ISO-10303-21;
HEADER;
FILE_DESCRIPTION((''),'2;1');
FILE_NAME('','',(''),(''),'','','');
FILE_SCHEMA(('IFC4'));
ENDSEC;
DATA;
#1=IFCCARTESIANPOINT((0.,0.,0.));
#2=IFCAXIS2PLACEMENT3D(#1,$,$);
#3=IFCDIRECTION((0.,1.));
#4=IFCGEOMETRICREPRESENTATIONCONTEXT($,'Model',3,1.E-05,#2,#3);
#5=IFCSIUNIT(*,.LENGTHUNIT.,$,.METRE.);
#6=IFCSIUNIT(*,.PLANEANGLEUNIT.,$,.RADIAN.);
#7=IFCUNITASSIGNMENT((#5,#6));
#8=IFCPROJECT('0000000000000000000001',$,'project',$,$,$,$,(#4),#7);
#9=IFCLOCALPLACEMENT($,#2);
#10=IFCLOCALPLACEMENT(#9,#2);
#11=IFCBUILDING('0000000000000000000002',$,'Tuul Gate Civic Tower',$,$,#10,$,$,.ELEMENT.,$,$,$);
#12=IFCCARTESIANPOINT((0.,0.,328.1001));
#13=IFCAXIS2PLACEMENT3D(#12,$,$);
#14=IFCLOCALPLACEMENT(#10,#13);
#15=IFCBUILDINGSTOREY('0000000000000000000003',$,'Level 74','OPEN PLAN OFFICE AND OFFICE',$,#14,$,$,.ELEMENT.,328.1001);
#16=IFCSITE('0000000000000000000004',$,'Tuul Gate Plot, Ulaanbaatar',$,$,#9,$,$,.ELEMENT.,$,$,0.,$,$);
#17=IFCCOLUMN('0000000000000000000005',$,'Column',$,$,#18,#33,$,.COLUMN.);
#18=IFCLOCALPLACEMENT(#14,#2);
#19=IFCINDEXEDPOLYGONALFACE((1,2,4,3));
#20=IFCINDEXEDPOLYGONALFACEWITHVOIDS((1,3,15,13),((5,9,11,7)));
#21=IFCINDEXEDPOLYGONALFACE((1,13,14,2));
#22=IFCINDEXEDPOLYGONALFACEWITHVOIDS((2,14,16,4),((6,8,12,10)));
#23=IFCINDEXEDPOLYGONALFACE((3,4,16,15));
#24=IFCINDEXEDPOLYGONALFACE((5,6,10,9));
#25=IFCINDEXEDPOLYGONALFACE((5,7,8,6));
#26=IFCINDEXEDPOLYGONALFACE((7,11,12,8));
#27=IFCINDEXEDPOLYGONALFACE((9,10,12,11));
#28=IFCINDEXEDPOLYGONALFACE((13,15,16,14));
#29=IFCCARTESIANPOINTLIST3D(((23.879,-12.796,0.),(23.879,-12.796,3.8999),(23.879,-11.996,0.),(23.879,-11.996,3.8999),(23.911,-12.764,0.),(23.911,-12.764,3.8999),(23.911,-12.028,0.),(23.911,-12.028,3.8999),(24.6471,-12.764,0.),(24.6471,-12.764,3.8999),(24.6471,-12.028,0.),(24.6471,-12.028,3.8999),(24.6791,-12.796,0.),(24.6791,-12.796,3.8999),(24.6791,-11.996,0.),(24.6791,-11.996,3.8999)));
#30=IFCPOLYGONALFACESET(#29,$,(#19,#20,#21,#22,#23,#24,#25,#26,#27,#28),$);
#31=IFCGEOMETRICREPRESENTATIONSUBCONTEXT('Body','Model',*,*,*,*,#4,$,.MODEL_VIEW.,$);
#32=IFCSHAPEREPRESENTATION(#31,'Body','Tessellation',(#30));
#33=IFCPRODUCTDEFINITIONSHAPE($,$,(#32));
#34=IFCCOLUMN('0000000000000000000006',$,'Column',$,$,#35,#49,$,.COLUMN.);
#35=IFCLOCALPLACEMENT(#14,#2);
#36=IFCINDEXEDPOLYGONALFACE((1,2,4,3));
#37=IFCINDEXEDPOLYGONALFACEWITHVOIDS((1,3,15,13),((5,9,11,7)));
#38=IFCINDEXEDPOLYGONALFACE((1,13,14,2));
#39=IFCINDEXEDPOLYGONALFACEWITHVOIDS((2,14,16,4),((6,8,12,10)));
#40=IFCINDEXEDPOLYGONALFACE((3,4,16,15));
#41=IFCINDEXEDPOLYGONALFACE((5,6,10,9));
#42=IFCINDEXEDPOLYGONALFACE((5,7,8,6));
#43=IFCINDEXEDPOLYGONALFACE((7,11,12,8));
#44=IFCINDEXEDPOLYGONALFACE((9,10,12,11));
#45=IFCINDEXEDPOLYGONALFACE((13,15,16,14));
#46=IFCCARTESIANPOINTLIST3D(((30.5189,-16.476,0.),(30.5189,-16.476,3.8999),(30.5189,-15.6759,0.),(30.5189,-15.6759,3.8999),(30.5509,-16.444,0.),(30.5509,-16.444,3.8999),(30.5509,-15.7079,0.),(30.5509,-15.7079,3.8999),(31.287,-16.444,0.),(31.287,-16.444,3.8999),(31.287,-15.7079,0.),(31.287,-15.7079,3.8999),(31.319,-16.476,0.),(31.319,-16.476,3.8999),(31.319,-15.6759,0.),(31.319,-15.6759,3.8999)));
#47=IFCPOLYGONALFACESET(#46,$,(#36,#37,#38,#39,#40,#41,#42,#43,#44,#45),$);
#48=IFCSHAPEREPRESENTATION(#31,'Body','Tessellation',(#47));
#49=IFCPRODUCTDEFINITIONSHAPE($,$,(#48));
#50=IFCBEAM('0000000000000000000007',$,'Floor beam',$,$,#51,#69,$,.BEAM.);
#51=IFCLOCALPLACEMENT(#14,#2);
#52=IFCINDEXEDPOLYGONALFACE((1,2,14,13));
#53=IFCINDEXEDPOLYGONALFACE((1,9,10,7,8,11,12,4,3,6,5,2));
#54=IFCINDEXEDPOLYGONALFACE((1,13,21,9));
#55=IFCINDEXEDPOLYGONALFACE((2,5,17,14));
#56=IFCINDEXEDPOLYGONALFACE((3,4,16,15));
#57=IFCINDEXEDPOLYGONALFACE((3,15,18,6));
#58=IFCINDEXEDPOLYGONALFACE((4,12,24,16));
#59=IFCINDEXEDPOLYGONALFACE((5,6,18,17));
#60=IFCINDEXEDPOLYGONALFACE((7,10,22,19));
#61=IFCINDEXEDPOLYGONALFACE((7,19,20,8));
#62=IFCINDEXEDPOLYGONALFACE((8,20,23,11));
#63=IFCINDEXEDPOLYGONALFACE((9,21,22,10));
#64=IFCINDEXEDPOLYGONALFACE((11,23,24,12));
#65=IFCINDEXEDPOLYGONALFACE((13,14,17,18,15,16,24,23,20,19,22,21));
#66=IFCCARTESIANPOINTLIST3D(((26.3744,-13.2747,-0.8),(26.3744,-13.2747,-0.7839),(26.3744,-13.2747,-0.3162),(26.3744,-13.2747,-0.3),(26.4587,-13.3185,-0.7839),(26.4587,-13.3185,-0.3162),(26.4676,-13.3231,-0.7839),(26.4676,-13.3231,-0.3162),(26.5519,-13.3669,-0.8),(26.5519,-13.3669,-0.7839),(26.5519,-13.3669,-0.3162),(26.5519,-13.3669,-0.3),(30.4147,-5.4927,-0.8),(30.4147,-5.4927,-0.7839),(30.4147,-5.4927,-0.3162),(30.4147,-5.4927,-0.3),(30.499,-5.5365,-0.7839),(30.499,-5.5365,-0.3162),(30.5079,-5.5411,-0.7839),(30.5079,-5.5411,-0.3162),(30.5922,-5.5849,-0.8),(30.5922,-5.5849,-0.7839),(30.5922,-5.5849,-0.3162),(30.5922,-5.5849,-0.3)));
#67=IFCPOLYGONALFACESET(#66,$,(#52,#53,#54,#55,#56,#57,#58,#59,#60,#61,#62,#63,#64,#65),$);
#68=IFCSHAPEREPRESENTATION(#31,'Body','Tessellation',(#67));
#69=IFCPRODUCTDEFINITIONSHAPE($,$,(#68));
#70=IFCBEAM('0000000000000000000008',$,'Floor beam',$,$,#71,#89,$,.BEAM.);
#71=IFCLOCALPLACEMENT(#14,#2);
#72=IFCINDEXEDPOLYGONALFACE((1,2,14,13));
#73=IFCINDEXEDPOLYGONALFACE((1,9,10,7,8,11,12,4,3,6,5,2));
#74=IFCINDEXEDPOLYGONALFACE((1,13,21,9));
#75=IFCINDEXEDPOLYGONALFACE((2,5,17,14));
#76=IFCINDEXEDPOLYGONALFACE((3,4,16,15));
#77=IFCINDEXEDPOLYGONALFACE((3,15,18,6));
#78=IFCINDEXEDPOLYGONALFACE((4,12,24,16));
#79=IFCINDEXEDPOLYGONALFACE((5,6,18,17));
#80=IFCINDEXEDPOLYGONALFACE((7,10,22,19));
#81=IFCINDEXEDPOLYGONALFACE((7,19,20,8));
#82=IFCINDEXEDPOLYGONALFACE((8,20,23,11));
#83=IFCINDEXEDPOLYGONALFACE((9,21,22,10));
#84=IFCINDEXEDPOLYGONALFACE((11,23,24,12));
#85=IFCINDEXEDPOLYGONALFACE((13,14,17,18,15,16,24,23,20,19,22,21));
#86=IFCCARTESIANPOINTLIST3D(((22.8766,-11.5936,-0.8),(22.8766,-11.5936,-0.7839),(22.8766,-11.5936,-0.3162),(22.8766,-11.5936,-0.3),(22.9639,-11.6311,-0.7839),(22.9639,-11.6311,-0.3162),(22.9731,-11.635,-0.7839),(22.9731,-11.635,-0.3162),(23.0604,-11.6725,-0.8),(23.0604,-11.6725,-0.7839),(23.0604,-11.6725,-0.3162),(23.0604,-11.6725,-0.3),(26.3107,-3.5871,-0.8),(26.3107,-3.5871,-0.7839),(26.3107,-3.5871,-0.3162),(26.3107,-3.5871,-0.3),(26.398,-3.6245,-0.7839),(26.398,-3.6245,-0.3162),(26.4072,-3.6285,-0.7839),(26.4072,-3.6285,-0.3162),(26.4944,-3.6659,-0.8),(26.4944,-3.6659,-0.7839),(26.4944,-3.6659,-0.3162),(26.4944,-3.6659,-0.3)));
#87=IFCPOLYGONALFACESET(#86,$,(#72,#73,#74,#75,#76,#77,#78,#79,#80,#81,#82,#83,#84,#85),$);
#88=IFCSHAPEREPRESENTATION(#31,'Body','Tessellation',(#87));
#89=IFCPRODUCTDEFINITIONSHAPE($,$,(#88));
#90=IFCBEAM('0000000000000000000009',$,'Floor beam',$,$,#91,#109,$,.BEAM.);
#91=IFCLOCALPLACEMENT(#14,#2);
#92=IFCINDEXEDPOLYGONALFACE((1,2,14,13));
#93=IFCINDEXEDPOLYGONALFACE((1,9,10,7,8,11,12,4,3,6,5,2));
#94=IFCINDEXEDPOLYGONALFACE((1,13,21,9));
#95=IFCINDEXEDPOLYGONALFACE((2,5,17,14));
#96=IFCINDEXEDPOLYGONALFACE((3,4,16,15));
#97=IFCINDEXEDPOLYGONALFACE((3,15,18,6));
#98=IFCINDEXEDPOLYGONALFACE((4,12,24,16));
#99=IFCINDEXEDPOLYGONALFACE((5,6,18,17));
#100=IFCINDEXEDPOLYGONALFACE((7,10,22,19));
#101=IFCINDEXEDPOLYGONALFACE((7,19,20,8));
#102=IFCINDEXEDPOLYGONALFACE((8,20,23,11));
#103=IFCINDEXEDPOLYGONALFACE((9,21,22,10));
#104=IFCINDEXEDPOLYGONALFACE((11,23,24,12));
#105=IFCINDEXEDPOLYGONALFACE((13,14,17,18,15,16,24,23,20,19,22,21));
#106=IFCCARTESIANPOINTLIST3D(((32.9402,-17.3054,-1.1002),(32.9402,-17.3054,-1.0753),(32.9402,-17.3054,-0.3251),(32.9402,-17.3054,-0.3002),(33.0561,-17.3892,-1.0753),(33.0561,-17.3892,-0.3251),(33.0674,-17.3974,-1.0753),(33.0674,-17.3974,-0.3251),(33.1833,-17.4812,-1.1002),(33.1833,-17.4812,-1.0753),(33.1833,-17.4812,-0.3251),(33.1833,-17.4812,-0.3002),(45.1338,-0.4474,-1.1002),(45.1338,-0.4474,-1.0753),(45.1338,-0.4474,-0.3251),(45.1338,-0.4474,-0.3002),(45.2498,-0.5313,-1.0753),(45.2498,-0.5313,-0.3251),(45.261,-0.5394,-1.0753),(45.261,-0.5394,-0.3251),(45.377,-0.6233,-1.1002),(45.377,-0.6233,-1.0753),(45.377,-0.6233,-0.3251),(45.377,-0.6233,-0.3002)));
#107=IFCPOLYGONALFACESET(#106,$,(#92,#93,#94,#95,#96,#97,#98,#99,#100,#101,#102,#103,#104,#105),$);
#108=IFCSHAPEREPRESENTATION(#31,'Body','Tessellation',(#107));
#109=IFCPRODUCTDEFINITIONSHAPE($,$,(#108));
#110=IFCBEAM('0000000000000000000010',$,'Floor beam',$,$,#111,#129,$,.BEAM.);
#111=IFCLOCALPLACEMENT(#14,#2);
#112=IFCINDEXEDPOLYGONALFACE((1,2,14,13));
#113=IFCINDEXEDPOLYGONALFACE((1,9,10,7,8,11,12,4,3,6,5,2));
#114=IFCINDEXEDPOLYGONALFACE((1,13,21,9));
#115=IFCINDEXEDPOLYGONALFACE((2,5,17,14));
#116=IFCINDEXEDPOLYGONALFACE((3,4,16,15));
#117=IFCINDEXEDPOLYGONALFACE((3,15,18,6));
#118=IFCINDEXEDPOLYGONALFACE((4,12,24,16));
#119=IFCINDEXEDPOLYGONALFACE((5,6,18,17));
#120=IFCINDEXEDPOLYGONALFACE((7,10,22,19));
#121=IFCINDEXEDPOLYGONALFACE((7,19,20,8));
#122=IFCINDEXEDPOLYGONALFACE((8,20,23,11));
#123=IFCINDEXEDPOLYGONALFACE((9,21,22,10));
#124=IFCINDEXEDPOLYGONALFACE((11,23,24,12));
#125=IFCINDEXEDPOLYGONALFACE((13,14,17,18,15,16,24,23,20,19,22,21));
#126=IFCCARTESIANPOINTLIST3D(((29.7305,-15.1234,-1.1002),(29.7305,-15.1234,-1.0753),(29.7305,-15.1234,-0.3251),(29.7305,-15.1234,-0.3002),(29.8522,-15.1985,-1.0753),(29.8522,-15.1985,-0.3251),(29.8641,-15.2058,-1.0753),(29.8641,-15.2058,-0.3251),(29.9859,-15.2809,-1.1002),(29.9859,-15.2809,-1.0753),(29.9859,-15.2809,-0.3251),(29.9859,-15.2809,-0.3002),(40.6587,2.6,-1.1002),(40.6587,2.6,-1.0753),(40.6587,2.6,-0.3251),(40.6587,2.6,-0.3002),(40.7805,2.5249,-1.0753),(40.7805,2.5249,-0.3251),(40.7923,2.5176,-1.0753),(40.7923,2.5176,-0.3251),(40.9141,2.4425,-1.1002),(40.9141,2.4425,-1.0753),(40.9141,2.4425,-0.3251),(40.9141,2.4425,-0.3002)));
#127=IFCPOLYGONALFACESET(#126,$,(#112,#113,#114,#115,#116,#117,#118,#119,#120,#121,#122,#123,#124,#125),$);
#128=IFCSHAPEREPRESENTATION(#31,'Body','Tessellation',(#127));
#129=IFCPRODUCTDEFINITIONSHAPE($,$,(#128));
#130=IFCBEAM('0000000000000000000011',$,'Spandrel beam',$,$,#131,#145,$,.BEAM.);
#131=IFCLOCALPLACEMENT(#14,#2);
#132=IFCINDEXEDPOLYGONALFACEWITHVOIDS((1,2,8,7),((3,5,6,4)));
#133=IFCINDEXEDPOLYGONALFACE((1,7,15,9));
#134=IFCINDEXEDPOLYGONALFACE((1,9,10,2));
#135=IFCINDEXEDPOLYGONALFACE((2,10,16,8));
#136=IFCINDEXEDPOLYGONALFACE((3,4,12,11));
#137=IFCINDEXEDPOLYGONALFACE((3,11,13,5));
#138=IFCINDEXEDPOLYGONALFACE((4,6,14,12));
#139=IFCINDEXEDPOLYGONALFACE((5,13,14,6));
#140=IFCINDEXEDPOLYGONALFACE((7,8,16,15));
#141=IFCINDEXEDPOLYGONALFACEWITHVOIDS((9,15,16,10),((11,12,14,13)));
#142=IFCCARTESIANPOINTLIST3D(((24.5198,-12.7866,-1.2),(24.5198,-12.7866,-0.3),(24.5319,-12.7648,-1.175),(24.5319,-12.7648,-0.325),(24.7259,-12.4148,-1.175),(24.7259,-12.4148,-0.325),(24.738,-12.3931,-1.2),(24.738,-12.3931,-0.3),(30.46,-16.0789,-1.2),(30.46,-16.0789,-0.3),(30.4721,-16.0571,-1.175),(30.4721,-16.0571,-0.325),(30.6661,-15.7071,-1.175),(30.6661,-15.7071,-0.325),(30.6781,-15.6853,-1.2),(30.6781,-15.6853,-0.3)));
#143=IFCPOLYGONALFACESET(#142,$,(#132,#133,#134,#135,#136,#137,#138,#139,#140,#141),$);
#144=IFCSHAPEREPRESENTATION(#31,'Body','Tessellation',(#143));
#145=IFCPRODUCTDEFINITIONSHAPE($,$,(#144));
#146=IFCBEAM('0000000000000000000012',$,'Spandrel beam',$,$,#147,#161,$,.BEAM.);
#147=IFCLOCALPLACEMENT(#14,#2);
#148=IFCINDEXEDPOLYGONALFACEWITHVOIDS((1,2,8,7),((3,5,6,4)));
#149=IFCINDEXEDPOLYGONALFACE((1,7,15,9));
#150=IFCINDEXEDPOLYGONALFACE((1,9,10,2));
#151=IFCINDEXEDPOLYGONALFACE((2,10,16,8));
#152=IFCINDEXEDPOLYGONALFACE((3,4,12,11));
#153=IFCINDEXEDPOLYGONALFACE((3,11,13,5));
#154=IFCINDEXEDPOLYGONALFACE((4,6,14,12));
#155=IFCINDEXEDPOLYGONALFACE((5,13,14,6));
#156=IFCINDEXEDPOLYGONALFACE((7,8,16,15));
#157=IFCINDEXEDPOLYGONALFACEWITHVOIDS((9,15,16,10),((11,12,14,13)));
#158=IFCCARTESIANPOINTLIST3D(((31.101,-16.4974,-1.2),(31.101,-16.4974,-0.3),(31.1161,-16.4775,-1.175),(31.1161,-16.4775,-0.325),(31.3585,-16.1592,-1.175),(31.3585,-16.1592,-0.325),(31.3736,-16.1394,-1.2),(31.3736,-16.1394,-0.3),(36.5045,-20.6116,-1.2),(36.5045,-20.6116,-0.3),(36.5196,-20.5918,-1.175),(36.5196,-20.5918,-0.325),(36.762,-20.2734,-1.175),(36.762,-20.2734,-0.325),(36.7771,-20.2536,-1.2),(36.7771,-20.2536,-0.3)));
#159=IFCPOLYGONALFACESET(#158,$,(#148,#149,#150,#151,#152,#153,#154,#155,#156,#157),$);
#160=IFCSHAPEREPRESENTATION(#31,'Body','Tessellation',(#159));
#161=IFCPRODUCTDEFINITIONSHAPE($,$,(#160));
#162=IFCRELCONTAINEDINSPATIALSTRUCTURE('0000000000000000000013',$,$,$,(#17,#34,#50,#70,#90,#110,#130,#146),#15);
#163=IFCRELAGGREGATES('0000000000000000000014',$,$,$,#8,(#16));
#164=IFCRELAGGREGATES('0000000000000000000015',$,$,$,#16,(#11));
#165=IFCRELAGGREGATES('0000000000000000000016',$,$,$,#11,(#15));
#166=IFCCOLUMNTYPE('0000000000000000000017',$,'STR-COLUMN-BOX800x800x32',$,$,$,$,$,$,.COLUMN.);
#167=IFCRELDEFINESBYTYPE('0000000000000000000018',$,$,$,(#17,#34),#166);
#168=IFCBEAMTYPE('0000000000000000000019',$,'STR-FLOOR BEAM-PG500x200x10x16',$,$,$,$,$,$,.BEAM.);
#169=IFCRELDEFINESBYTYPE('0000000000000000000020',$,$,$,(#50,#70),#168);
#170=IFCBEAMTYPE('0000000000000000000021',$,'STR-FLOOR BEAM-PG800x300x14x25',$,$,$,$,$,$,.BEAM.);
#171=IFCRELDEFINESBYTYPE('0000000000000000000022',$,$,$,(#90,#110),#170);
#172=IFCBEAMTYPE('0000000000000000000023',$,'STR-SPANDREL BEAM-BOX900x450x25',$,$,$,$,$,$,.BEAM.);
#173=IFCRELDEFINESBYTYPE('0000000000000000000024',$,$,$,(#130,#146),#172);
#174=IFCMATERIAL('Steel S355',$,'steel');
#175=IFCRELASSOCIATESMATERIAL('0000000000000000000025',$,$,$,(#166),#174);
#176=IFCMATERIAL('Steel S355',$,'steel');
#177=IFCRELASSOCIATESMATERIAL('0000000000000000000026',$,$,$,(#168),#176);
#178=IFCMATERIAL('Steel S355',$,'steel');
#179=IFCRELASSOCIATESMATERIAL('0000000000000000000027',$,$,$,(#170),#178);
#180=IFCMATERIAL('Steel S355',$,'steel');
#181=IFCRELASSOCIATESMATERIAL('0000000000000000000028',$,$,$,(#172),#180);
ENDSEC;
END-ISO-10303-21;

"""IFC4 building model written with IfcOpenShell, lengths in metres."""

from ifc_helpers import new_model, si_unit, direction, frame, origin, origin_2d, place, context, subcontext, project, spatial, hollow_rectangle, i_section, extrude, material, material_profile, profile_set, type_object, element, save


model = new_model("IFC4")

# Units and contexts
model_context = context("Model", 3, precision=1e-05, world=origin(), true_north=direction((0.0, 1.0)))
body_context = subcontext(model_context, "Body", "Model", "MODEL_VIEW")
ifc_project = project(units=[si_unit("LENGTHUNIT", "METRE"), si_unit("PLANEANGLEUNIT", "RADIAN")], contexts=[model_context])

# Site, building, storey
site_placement = place(None, origin())
site = spatial("IfcSite", under=ifc_project, at=site_placement, Name="Tuul Gate Plot, Ulaanbaatar", CompositionType="ELEMENT", RefElevation=0.0)
building_placement = place(site_placement, origin())
building = spatial("IfcBuilding", under=site, at=building_placement, Name="Tuul Gate Civic Tower", CompositionType="ELEMENT")
storey_placement = place(building_placement, frame((0.0, 0.0, 328.1001)))
storey = spatial("IfcBuildingStorey", under=building, at=storey_placement, Name="Level 74", Description="OPEN PLAN OFFICE AND OFFICE", CompositionType="ELEMENT", Elevation=328.1001)

# Columns
ifc_material_1 = material(Name="Steel S355", Category="steel")
ifc_material_profile_1 = material_profile(ifc_material_1, hollow_rectangle(XDim=0.8, YDim=0.8, WallThickness=0.032, at=origin_2d()), Name="BOX800x800x32")
ifc_profile_set_1 = profile_set([ifc_material_profile_1], Name="Steel S355")
column_type = type_object("IfcColumnType", Name="STR-COLUMN-BOX800x800x32", PredefinedType="COLUMN", material=ifc_profile_set_1)
for number, where, z_axis, x_axis, name in (
    (1, (24.2791, -12.396, 0.0), (0.0, 0.0, 1.0), (1.0, 0.0, 0.0), "Column"),
    (2, (30.9189, -16.0759, 0.0), (0.0, 0.0, 1.0), (1.0, 0.0, 0.0), "Column"),
):
    element("IfcColumn", number, at=place(storey_placement, frame(where, z_axis=z_axis, x_axis=x_axis)), inside=storey, type_object=column_type, Name=name, PredefinedType="COLUMN", context=body_context, shape_type="SweptSolid", body=[
        extrude(hollow_rectangle(XDim=0.8, YDim=0.8, WallThickness=0.032, at=origin_2d()), origin(), (0.0, 0.0, 1.0), 3.8999),
    ])

# Beams
ifc_material_2 = material(Name="Steel S355", Category="steel")
ifc_material_profile_2 = material_profile(ifc_material_2, i_section(OverallWidth=0.2, OverallDepth=0.5, WebThickness=0.01, FlangeThickness=0.0161, at=origin_2d()), Name="PG500x200x10x16")
ifc_profile_set_2 = profile_set([ifc_material_profile_2], Name="Steel S355")
beam_type_1 = type_object("IfcBeamType", Name="STR-FLOOR BEAM-PG500x200x10x16", PredefinedType="BEAM", material=ifc_profile_set_2)
beam_1_placement = place(storey_placement, frame((26.4631, -13.3208, -0.55), z_axis=(0.460783, 0.887513, 0.0), x_axis=(-0.887513, 0.460783, 0.0)))
element("IfcBeam", 3, at=beam_1_placement, inside=storey, type_object=beam_type_1, Name="Floor beam", PredefinedType="BEAM", context=body_context, shape_type="SweptSolid", body=[
    extrude(i_section(OverallWidth=0.2, OverallDepth=0.5, WebThickness=0.01, FlangeThickness=0.0161, at=origin_2d()), origin(), (0.0, 0.0, 1.0), 8.7683),
])
beam_2_placement = place(storey_placement, frame((22.9685, -11.6331, -0.55), z_axis=(0.39418, 0.919033, 0.0), x_axis=(-0.919033, 0.39418, 0.0)))
element("IfcBeam", 4, at=beam_2_placement, inside=storey, type_object=beam_type_1, Name="Floor beam", PredefinedType="BEAM", context=body_context, shape_type="SweptSolid", body=[
    extrude(i_section(OverallWidth=0.2, OverallDepth=0.5, WebThickness=0.01, FlangeThickness=0.0161, at=origin_2d()), origin(), (0.0, 0.0, 1.0), 8.7119),
])
ifc_material_3 = material(Name="Steel S355", Category="steel")
ifc_material_profile_3 = material_profile(ifc_material_3, i_section(OverallWidth=0.3, OverallDepth=0.8, WebThickness=0.0139, FlangeThickness=0.0249, at=origin_2d()), Name="PG800x300x14x25")
ifc_profile_set_3 = profile_set([ifc_material_profile_3], Name="Steel S355")
beam_type_2 = type_object("IfcBeamType", Name="STR-FLOOR BEAM-PG800x300x14x25", PredefinedType="BEAM", material=ifc_profile_set_3)
beam_3_placement = place(storey_placement, frame((33.0618, -17.3933, -0.7002), z_axis=(0.586073, 0.810258, 0.0), x_axis=(-0.810258, 0.586073, 0.0)))
element("IfcBeam", 5, at=beam_3_placement, inside=storey, type_object=beam_type_2, Name="Floor beam", PredefinedType="BEAM", context=body_context, shape_type="SweptSolid", body=[
    extrude(i_section(OverallWidth=0.3, OverallDepth=0.8, WebThickness=0.0139, FlangeThickness=0.0249, at=origin_2d()), origin(), (0.0, 0.0, 1.0), 20.8057),
])
beam_4_placement = place(storey_placement, frame((29.8582, -15.2021, -0.7002), z_axis=(0.524847, 0.851197, 0.0), x_axis=(-0.851197, 0.524847, 0.0)))
element("IfcBeam", 6, at=beam_4_placement, inside=storey, type_object=beam_type_2, Name="Floor beam", PredefinedType="BEAM", context=body_context, shape_type="SweptSolid", body=[
    extrude(i_section(OverallWidth=0.3, OverallDepth=0.8, WebThickness=0.0139, FlangeThickness=0.0249, at=origin_2d()), origin(), (0.0, 0.0, 1.0), 20.8218),
])
ifc_material_4 = material(Name="Steel S355", Category="steel")
ifc_material_profile_4 = material_profile(ifc_material_4, hollow_rectangle(XDim=0.45, YDim=0.8999, WallThickness=0.0249, at=origin_2d()), Name="BOX900x450x25")
ifc_profile_set_4 = profile_set([ifc_material_profile_4], Name="Steel S355")
beam_type_3 = type_object("IfcBeamType", Name="STR-SPANDREL BEAM-BOX900x450x25", PredefinedType="BEAM", material=ifc_profile_set_4)
for number, where, z_axis, x_axis, name in (
    (7, (24.6289, -12.5898, -0.75), (0.874649, -0.484758, 0.0), (0.484758, 0.874649, 0.0), "Spandrel beam"),
    (8, (31.2373, -16.3184, -0.75), (0.795626, -0.605788, 0.0), (0.605788, 0.795626, 0.0), "Spandrel beam"),
):
    element("IfcBeam", number, at=place(storey_placement, frame(where, z_axis=z_axis, x_axis=x_axis)), inside=storey, type_object=beam_type_3, Name=name, PredefinedType="BEAM", context=body_context, shape_type="SweptSolid", body=[
        extrude(hollow_rectangle(XDim=0.45, YDim=0.8999, WallThickness=0.0249, at=origin_2d()), origin(), (0.0, 0.0, 1.0), 6.7915),
    ])

save(model, "model.ifc")
